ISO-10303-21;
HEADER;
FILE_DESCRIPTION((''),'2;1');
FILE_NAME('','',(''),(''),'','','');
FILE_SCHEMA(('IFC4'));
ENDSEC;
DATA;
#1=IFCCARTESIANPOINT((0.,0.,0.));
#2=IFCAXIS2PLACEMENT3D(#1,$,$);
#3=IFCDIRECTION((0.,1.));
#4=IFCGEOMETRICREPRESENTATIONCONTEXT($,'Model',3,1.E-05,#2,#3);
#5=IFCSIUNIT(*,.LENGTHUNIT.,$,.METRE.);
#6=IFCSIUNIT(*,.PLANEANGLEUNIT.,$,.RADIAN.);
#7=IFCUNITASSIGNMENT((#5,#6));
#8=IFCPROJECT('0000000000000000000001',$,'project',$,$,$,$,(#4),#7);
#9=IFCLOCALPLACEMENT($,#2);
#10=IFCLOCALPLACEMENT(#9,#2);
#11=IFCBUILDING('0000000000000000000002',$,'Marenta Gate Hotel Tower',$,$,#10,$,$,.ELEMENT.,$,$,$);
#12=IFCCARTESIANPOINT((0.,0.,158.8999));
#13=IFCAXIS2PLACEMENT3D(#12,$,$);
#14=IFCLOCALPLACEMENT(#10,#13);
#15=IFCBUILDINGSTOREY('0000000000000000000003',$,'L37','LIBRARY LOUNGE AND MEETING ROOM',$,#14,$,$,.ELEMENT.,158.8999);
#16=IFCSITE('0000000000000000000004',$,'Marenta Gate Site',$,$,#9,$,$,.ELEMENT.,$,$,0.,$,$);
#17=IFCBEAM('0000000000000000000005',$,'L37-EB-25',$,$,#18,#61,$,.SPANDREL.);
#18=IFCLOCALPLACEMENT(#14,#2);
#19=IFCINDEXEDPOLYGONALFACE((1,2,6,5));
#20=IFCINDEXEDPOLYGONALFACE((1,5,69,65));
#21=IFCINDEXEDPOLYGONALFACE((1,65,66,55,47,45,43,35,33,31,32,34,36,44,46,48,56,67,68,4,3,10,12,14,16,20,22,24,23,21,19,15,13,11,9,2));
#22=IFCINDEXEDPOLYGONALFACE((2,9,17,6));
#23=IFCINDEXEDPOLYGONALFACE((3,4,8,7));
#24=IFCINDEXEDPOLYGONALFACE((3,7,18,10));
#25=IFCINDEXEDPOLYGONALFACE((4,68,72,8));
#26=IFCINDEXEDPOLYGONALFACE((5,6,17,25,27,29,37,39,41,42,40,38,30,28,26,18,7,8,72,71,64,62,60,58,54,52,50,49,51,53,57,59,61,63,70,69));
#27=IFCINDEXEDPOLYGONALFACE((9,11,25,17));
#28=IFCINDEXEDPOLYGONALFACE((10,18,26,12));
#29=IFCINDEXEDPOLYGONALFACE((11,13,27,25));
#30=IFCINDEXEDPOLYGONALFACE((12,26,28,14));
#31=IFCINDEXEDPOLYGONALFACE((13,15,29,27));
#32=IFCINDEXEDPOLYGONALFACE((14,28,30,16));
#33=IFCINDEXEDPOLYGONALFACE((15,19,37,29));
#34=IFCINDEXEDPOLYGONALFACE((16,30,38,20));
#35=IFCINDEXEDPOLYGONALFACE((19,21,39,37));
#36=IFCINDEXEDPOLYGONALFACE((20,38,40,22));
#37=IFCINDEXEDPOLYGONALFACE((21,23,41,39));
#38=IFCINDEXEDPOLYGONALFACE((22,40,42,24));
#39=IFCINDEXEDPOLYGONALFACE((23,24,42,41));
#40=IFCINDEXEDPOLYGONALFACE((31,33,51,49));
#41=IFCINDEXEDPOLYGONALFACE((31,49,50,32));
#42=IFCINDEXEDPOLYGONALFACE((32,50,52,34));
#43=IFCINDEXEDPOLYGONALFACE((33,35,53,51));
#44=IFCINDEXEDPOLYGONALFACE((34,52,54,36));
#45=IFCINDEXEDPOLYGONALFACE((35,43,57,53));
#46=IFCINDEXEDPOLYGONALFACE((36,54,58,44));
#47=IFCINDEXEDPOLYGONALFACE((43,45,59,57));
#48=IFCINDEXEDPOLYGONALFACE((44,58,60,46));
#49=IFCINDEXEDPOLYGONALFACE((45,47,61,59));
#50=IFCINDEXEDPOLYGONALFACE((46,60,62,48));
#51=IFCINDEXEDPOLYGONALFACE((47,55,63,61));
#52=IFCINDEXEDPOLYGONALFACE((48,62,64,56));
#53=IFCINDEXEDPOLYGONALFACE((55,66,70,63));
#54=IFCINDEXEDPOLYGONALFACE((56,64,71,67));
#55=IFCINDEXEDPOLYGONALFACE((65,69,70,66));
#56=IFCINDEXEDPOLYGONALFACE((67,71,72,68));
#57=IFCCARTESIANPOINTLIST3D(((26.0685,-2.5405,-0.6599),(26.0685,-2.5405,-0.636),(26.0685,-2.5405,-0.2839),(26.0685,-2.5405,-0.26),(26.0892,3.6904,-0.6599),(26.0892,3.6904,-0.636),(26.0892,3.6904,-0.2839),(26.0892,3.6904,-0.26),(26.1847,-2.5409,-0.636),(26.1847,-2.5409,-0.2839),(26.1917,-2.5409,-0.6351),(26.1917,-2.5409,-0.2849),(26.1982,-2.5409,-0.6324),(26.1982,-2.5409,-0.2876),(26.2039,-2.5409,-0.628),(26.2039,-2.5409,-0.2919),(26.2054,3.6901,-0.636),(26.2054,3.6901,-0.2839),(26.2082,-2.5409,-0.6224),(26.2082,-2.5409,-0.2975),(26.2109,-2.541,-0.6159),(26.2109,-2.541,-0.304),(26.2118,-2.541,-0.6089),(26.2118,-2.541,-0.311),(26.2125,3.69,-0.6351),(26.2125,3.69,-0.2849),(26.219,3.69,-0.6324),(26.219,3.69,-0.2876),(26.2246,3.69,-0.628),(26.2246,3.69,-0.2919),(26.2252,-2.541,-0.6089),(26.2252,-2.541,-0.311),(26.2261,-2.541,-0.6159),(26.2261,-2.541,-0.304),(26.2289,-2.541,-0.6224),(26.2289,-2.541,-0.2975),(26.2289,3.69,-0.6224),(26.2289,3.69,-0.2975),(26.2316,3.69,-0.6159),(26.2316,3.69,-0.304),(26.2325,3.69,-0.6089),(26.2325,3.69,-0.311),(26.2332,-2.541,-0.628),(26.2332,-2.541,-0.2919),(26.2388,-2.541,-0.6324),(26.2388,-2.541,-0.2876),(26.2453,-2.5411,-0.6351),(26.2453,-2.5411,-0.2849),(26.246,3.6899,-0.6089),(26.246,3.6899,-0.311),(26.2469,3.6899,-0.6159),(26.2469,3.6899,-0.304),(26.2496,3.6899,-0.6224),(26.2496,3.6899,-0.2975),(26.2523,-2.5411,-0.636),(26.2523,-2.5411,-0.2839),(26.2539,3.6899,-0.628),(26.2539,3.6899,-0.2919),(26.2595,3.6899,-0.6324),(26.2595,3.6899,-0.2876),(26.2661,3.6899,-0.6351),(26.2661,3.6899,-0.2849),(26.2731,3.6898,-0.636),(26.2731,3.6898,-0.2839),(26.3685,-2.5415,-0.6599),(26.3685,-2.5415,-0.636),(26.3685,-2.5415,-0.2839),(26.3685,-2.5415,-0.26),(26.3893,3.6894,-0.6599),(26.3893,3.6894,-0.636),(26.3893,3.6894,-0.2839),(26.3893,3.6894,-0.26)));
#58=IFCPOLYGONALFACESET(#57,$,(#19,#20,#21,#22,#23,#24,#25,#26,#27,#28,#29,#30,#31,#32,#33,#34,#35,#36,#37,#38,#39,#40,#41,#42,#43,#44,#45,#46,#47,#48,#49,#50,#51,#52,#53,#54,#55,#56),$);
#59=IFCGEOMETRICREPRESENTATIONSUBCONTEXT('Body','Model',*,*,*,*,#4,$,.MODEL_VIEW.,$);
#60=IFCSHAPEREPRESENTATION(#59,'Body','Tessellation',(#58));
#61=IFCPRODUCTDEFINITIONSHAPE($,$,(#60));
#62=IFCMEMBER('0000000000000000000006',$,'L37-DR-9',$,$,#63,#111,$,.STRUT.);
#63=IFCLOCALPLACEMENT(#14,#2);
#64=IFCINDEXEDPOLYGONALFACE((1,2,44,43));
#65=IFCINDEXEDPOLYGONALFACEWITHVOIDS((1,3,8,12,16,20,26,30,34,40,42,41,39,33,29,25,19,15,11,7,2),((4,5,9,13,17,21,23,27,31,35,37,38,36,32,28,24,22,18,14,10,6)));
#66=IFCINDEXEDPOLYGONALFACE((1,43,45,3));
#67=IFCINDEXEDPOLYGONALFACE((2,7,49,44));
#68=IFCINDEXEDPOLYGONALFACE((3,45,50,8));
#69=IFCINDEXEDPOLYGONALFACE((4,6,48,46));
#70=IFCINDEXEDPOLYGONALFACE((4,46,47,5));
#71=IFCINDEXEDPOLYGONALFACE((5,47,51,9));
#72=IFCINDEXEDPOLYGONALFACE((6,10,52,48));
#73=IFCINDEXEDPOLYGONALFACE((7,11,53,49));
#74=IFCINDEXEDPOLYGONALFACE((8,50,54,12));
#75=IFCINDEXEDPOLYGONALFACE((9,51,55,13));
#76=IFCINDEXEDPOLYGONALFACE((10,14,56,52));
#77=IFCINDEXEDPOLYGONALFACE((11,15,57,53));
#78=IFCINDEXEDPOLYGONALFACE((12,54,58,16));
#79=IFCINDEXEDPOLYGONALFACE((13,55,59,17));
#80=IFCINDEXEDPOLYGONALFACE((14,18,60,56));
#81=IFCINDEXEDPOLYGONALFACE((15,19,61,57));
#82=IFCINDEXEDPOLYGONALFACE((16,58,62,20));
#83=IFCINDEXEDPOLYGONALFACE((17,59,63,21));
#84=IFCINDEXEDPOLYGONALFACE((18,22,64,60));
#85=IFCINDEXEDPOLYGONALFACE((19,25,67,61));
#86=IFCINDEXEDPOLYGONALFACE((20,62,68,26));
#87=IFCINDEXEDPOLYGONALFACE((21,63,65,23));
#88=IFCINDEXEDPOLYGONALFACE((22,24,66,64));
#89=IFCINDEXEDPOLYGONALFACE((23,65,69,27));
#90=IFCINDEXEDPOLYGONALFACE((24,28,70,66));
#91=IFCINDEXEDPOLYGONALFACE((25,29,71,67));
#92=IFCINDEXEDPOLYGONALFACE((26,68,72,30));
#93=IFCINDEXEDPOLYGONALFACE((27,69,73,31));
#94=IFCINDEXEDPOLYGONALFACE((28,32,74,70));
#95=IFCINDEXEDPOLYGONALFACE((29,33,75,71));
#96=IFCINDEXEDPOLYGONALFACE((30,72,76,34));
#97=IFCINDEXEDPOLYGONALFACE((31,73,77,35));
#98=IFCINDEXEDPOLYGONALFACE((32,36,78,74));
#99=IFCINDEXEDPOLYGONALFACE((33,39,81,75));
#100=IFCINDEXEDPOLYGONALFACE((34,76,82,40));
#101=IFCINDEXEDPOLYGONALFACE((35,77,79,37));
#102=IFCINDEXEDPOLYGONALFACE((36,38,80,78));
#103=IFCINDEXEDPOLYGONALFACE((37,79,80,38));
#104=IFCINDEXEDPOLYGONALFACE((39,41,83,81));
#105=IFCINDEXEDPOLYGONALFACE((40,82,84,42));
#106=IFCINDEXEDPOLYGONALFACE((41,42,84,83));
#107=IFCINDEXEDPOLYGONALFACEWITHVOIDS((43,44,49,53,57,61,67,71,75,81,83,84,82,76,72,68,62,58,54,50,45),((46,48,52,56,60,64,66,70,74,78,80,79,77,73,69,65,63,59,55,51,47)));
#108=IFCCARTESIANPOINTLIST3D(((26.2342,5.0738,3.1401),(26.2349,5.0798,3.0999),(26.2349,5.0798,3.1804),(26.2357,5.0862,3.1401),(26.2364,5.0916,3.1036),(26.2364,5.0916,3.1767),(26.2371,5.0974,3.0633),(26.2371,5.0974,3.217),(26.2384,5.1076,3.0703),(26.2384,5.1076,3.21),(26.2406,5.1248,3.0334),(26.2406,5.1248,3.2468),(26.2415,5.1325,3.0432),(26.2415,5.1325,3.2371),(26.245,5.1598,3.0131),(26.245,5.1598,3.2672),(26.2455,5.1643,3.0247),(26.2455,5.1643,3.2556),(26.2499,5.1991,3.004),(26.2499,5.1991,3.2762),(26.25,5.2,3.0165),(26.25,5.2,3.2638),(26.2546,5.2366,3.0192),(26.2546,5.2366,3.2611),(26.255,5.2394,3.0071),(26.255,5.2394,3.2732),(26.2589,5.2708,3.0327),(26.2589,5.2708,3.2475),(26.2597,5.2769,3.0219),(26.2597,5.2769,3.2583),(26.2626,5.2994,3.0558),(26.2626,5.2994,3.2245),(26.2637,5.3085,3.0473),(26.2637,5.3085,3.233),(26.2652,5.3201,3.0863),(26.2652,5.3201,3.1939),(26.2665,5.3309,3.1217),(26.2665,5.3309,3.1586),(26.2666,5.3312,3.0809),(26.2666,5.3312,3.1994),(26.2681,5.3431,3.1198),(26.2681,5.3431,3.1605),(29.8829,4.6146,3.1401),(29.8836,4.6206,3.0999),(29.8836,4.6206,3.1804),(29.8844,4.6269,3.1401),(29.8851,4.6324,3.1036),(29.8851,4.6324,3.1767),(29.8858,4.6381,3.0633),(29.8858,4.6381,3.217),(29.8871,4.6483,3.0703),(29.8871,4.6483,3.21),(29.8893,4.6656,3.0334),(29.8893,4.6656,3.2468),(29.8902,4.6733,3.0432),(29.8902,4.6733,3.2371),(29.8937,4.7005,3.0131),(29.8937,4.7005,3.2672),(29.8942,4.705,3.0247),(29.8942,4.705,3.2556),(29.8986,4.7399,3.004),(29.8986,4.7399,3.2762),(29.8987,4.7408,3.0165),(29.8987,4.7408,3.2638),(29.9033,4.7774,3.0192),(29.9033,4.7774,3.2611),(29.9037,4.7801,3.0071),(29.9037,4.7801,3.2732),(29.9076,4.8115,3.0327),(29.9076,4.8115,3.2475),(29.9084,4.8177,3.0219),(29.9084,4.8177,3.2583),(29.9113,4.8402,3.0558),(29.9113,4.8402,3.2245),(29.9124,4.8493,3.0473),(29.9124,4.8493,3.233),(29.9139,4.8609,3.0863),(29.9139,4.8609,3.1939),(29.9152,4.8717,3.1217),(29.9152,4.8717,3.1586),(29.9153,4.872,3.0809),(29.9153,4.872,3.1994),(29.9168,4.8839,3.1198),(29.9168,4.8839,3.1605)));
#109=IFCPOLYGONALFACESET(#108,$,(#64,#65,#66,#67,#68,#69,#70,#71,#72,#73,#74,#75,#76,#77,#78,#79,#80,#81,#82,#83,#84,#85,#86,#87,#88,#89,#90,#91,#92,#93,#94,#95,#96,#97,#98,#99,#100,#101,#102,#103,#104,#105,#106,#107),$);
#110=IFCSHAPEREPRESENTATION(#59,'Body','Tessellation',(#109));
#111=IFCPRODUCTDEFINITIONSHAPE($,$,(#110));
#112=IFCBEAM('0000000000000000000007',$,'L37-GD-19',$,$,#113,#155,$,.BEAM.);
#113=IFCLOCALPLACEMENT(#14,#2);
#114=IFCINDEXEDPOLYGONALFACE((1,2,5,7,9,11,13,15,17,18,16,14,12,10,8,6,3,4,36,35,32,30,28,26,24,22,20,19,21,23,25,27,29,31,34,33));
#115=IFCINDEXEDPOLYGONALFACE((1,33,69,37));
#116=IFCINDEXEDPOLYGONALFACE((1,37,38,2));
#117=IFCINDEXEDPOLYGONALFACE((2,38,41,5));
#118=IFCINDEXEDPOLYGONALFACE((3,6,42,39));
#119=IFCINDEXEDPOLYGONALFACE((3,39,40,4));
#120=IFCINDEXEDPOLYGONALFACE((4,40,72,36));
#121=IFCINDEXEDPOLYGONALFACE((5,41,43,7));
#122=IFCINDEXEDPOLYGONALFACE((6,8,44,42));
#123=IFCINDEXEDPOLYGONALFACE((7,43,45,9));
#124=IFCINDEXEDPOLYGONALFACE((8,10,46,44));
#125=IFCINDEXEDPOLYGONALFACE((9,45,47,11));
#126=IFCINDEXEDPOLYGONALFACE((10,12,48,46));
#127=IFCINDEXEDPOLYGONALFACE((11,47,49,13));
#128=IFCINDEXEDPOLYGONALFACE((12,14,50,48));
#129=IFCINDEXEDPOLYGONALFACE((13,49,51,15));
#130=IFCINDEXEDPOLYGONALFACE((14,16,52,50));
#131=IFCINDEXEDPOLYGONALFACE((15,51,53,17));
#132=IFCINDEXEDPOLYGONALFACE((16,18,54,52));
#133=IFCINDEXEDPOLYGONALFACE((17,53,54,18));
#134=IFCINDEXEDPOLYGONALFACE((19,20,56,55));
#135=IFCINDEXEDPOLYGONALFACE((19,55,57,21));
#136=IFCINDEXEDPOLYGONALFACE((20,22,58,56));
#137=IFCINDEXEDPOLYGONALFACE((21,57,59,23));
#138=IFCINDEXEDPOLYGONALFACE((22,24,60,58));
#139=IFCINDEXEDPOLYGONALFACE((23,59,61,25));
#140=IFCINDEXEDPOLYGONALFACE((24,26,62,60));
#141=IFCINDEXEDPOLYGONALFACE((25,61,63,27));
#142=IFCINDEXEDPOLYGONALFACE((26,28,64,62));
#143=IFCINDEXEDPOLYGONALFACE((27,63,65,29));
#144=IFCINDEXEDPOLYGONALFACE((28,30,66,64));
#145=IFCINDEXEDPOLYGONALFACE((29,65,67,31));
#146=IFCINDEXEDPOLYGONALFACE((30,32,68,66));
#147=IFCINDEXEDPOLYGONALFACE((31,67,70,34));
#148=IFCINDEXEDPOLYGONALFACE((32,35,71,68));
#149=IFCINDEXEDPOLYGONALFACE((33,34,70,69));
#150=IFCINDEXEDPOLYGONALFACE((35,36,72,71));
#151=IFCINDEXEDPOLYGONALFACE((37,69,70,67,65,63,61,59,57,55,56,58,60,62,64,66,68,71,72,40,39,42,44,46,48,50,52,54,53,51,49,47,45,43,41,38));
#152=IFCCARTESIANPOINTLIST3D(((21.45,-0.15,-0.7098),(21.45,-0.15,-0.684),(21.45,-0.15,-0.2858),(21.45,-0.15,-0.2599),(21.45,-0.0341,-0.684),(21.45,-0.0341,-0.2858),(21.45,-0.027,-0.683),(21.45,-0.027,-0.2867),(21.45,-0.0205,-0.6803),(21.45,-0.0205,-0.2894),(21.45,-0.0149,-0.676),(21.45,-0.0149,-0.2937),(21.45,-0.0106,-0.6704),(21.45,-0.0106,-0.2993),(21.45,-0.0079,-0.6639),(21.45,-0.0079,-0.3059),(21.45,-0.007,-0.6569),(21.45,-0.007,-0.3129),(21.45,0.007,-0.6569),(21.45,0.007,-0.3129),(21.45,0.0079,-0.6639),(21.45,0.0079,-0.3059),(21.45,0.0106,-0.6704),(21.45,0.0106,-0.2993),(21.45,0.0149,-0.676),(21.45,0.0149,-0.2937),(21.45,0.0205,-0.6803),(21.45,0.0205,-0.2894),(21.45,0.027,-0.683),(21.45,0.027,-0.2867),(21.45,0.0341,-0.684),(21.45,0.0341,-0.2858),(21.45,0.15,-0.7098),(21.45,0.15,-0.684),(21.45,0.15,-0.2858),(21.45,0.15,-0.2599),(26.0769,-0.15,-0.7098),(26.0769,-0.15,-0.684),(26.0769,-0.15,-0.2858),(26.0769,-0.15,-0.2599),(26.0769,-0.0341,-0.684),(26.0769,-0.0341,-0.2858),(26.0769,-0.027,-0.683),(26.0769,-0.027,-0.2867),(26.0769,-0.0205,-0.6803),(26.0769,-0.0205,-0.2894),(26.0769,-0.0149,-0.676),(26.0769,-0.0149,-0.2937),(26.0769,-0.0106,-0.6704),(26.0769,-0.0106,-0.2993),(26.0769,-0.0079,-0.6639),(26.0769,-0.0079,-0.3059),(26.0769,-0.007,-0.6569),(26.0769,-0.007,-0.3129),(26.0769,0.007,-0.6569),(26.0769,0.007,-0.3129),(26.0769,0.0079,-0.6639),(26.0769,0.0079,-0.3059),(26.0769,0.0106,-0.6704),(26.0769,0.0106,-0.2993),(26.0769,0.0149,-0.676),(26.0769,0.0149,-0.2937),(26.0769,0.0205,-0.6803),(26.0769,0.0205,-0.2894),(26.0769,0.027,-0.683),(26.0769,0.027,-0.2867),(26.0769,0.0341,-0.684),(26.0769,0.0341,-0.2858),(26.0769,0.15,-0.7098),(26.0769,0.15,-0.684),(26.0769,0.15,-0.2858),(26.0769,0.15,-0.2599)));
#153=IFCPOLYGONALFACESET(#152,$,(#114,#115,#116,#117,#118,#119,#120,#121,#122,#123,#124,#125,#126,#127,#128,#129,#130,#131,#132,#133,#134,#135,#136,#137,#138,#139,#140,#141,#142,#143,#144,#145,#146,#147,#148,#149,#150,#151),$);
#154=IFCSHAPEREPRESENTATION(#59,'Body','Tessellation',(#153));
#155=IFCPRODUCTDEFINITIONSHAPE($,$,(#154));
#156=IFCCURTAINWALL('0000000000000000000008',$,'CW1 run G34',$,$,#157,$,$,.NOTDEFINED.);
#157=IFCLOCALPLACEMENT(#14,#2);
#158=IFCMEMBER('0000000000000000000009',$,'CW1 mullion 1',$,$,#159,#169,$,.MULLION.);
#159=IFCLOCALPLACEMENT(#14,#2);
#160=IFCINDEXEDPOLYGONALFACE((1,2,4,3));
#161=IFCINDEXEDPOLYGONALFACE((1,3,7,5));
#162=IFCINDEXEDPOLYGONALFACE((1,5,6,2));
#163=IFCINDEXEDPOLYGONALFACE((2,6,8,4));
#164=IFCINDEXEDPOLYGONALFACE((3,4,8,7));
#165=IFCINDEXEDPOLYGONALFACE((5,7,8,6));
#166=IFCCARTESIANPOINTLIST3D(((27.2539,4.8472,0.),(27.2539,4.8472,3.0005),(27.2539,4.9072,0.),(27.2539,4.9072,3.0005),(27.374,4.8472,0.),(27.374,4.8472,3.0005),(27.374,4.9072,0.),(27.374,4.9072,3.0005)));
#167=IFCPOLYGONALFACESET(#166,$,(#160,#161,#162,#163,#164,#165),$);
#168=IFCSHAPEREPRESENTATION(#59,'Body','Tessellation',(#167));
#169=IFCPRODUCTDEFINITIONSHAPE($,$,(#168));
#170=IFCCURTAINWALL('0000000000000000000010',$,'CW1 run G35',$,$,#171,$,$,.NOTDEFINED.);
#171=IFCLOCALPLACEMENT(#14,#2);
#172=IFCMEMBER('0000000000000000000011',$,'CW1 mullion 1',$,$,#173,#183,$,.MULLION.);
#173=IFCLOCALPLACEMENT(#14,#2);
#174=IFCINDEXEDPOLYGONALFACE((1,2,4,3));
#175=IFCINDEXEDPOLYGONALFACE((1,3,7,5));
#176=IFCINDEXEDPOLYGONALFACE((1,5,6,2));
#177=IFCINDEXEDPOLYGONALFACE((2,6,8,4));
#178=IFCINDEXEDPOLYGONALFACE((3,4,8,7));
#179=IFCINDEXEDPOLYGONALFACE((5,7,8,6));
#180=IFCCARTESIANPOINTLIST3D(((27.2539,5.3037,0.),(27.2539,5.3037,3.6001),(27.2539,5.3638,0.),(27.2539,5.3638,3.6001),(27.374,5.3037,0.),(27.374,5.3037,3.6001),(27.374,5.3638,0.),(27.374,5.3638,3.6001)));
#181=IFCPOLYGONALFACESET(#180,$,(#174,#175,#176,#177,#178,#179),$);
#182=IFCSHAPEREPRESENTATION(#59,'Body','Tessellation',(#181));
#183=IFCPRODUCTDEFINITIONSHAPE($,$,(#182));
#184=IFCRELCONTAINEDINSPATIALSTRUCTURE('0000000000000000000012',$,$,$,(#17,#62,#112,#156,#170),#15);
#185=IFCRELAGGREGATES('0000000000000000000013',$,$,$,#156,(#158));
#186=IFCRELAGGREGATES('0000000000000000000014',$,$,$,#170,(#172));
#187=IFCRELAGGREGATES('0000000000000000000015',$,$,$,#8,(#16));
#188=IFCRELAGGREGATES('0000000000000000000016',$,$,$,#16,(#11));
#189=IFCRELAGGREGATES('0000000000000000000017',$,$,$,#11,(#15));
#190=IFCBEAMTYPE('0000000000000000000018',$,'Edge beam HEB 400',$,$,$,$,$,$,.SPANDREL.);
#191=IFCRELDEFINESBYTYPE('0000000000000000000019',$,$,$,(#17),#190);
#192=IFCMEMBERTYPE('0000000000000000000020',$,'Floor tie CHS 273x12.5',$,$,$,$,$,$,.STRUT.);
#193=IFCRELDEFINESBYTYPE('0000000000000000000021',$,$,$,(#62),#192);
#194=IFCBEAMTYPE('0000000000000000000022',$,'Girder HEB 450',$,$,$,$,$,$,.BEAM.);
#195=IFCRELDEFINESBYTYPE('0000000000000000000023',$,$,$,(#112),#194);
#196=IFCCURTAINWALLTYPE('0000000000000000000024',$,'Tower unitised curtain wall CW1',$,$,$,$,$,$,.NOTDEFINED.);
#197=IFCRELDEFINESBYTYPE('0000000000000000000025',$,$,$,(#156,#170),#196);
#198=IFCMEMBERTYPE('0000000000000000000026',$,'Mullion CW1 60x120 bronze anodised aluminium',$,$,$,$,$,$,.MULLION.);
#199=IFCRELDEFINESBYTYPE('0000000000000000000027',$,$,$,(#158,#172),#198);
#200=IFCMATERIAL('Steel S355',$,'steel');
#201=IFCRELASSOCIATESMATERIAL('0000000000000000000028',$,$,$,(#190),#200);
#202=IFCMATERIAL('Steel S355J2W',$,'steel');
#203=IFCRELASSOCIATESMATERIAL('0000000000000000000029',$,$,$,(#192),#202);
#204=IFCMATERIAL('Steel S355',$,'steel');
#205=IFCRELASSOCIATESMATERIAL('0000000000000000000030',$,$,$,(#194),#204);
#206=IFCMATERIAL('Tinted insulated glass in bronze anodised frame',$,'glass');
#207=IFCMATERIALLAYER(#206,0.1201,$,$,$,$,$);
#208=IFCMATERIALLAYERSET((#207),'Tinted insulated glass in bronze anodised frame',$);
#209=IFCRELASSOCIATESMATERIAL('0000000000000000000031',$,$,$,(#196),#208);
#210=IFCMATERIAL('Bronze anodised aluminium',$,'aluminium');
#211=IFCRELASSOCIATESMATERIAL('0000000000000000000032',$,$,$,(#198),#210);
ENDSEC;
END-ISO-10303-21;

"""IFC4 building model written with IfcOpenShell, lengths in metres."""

from ifc_helpers import new_model, si_unit, direction, frame, origin, origin_2d, place, context, subcontext, project, spatial, rectangle, hollow_circle, i_section, extrude, material, layer, layer_set, material_profile, profile_set, type_object, element, aggregate, save


model = new_model("IFC4")

# Units and contexts
model_context = context("Model", 3, precision=1e-05, world=origin(), true_north=direction((0.0, 1.0)))
body_context = subcontext(model_context, "Body", "Model", "MODEL_VIEW")
ifc_project = project(units=[si_unit("LENGTHUNIT", "METRE"), si_unit("PLANEANGLEUNIT", "RADIAN")], contexts=[model_context])

# Site, building, storey
site_placement = place(None, origin())
site = spatial("IfcSite", under=ifc_project, at=site_placement, Name="Marenta Gate Site", CompositionType="ELEMENT", RefElevation=0.0)
building_placement = place(site_placement, origin())
building = spatial("IfcBuilding", under=site, at=building_placement, Name="Marenta Gate Hotel Tower", CompositionType="ELEMENT")
storey_placement = place(building_placement, frame((0.0, 0.0, 158.8999)))
storey = spatial("IfcBuildingStorey", under=building, at=storey_placement, Name="L37", Description="LIBRARY LOUNGE AND MEETING ROOM", CompositionType="ELEMENT", Elevation=158.8999)

# Beam
ifc_material_1 = material(Name="Steel S355", Category="steel")
ifc_material_profile_1 = material_profile(ifc_material_1, i_section(OverallWidth=0.3, OverallDepth=0.3999, WebThickness=0.0134, FlangeThickness=0.0239, FilletRadius=0.0271, at=origin_2d()), Name="HEB 400")
ifc_profile_set_1 = profile_set([ifc_material_profile_1], Name="Steel S355")
beam_type_1 = type_object("IfcBeamType", Name="Edge beam HEB 400", PredefinedType="SPANDREL", material=ifc_profile_set_1)
beam_1_placement = place(storey_placement, frame((26.2393, 3.6899, -0.46), z_axis=(-0.00333, -0.999994, 0.0), x_axis=(0.999994, -0.00333, 0.0)))
element("IfcBeam", 1, at=beam_1_placement, inside=storey, type_object=beam_type_1, Name="L37-EB-25", PredefinedType="SPANDREL", context=body_context, shape_type="SweptSolid", body=[
    extrude(i_section(OverallWidth=0.3, OverallDepth=0.3999, WebThickness=0.0134, FlangeThickness=0.0239, FilletRadius=0.0271, at=origin_2d()), origin(), (0.0, 0.0, 1.0), 6.231),
])

# Member
ifc_material_2 = material(Name="Steel S355J2W", Category="steel")
ifc_material_profile_2 = material_profile(ifc_material_2, hollow_circle(Radius=0.1365, WallThickness=0.0125, at=origin_2d()), Name="CHS 273x12.5")
ifc_profile_set_2 = profile_set([ifc_material_profile_2], Name="Steel S355J2W")
member_type_1 = type_object("IfcMemberType", Name="Floor tie CHS 273x12.5", PredefinedType="STRUT", material=ifc_profile_set_2)
member_1_placement = place(storey_placement, frame((29.8999, 4.75, 3.1401), z_axis=(-0.992172, 0.124876, 0.0), x_axis=(-0.124876, -0.992172, 0.0)))
element("IfcMember", 2, at=member_1_placement, inside=storey, type_object=member_type_1, Name="L37-DR-9", PredefinedType="STRUT", context=body_context, shape_type="SweptSolid", body=[
    extrude(hollow_circle(Radius=0.1365, WallThickness=0.0125, at=origin_2d()), origin(), (0.0, 0.0, 1.0), 3.6775),
])

# Beam
ifc_material_3 = material(Name="Steel S355", Category="steel")
ifc_material_profile_3 = material_profile(ifc_material_3, i_section(OverallWidth=0.3, OverallDepth=0.45, WebThickness=0.0139, FlangeThickness=0.0259, FilletRadius=0.0271, at=origin_2d()), Name="HEB 450")
ifc_profile_set_3 = profile_set([ifc_material_profile_3], Name="Steel S355")
beam_type_2 = type_object("IfcBeamType", Name="Girder HEB 450", PredefinedType="BEAM", material=ifc_profile_set_3)
beam_2_placement = place(storey_placement, frame((21.45, 0.0, -0.4849), z_axis=(1.0, 0.0, 0.0), x_axis=(0.0, 1.0, 0.0)))
element("IfcBeam", 3, at=beam_2_placement, inside=storey, type_object=beam_type_2, Name="L37-GD-19", PredefinedType="BEAM", context=body_context, shape_type="SweptSolid", body=[
    extrude(i_section(OverallWidth=0.3, OverallDepth=0.45, WebThickness=0.0139, FlangeThickness=0.0259, FilletRadius=0.0271, at=origin_2d()), origin(), (0.0, 0.0, 1.0), 4.627),
])

# Curtain walls, members
ifc_material_4 = material(Name="Tinted insulated glass in bronze anodised frame", Category="glass")
ifc_layer_1 = layer(ifc_material_4, 0.1201)
ifc_layer_set_1 = layer_set([ifc_layer_1], Name="Tinted insulated glass in bronze anodised frame")
curtain_wall_type = type_object("IfcCurtainWallType", Name="Tower unitised curtain wall CW1", PredefinedType="NOTDEFINED", material=ifc_layer_set_1)
curtain_wall_1_placement = place(storey_placement, origin())
curtain_wall_1 = element("IfcCurtainWall", 4, at=curtain_wall_1_placement, inside=storey, type_object=curtain_wall_type, Name="CW1 run G34", PredefinedType="NOTDEFINED")
ifc_material_5 = material(Name="Bronze anodised aluminium", Category="aluminium")
ifc_material_profile_4 = material_profile(ifc_material_5, rectangle(XDim=0.1201, YDim=0.0601, at=origin_2d()), Name="Mullion CW1 60x120 bronze anodised aluminium")
ifc_profile_set_4 = profile_set([ifc_material_profile_4], Name="Bronze anodised aluminium")
member_type_2 = type_object("IfcMemberType", Name="Mullion CW1 60x120 bronze anodised aluminium", PredefinedType="MULLION", material=ifc_profile_set_4)
member_2_placement = place(storey_placement, frame((27.314, 4.8772, 0.0), z_axis=(0.0, 0.0, 1.0), x_axis=(-1.0, 0.0, 0.0)))
member_2 = element("IfcMember", 5, at=member_2_placement, type_object=member_type_2, Name="CW1 mullion 1", PredefinedType="MULLION", context=body_context, shape_type="SweptSolid", body=[
    extrude(rectangle(XDim=0.1201, YDim=0.0601, at=origin_2d()), origin(), (0.0, 0.0, 1.0), 3.0005),
])
curtain_wall_2_placement = place(storey_placement, origin())
curtain_wall_2 = element("IfcCurtainWall", 6, at=curtain_wall_2_placement, inside=storey, type_object=curtain_wall_type, Name="CW1 run G35", PredefinedType="NOTDEFINED")
member_3_placement = place(storey_placement, frame((27.314, 5.3337, 0.0), z_axis=(0.0, 0.0, 1.0), x_axis=(-1.0, 0.0, 0.0)))
member_3 = element("IfcMember", 7, at=member_3_placement, type_object=member_type_2, Name="CW1 mullion 1", PredefinedType="MULLION", context=body_context, shape_type="SweptSolid", body=[
    extrude(rectangle(XDim=0.1201, YDim=0.0601, at=origin_2d()), origin(), (0.0, 0.0, 1.0), 3.6001),
])

aggregate(curtain_wall_1, [member_2])
aggregate(curtain_wall_2, [member_3])

save(model, "model.ifc")
